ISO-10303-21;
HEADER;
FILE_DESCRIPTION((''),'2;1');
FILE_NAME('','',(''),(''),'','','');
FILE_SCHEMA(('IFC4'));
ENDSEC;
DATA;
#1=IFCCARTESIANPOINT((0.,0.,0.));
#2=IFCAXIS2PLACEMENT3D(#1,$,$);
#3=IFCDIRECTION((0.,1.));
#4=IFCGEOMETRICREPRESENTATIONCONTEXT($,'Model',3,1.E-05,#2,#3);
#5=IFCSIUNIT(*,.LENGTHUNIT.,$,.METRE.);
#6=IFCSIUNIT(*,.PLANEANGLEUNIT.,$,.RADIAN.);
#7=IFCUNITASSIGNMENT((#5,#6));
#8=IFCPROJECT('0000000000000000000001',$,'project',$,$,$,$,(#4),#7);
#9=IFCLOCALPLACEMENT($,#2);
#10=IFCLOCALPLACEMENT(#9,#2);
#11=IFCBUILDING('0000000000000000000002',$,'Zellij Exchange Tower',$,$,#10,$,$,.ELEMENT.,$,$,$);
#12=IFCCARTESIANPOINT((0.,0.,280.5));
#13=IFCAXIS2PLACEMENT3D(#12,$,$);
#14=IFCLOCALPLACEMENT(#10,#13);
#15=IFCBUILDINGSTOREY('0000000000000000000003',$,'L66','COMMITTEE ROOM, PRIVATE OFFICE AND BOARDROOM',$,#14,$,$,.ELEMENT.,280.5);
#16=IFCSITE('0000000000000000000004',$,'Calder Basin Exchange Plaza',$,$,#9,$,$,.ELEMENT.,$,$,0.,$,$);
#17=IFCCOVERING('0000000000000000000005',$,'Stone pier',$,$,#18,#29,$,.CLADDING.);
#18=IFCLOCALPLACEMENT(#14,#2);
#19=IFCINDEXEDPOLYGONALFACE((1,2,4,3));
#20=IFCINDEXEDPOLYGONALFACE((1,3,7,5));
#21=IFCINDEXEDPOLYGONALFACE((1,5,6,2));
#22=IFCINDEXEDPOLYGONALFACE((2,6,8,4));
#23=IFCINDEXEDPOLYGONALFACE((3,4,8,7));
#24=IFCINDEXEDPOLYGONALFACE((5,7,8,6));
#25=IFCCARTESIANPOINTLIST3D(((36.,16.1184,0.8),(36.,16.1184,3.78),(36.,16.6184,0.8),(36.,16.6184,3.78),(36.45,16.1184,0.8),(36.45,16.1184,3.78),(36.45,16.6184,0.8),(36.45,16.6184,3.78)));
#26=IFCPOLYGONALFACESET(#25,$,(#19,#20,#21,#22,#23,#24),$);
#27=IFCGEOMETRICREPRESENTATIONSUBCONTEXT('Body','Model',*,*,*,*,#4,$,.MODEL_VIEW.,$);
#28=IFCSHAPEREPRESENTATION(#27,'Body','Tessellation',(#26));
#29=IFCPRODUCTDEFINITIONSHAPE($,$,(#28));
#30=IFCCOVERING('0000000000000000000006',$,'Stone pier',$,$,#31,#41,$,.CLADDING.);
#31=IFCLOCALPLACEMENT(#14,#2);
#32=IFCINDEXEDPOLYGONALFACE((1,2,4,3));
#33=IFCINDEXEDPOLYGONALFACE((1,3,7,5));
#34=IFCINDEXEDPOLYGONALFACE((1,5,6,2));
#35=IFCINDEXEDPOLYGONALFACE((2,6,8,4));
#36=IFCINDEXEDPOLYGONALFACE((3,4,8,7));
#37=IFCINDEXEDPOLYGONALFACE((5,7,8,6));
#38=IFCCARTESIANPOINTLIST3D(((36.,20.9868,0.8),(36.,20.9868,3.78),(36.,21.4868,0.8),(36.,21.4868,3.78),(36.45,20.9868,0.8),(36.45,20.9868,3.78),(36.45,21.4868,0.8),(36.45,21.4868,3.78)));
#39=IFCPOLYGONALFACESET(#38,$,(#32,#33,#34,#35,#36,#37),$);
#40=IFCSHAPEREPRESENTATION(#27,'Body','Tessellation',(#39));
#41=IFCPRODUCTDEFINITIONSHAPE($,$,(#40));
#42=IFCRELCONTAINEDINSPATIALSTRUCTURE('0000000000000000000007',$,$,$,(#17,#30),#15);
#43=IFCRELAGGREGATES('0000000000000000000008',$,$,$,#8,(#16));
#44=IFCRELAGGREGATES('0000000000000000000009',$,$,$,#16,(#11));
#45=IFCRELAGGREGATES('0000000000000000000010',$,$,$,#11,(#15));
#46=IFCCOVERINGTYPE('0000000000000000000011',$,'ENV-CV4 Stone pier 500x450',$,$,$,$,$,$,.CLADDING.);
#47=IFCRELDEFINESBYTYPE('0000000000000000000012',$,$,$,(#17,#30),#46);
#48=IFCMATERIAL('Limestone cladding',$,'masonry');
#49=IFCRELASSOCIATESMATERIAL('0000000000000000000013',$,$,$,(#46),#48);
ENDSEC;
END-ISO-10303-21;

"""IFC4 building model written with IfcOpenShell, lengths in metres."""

from ifc_helpers import new_model, si_unit, direction, frame, origin, place, context, subcontext, project, spatial, polyline, outline, extrude, material, type_object, element, save


model = new_model("IFC4")

# Units and contexts
model_context = context("Model", 3, precision=1e-05, world=origin(), true_north=direction((0.0, 1.0)))
body_context = subcontext(model_context, "Body", "Model", "MODEL_VIEW")
ifc_project = project(units=[si_unit("LENGTHUNIT", "METRE"), si_unit("PLANEANGLEUNIT", "RADIAN")], contexts=[model_context])

# Site, building, storey
site_placement = place(None, origin())
site = spatial("IfcSite", under=ifc_project, at=site_placement, Name="Calder Basin Exchange Plaza", CompositionType="ELEMENT", RefElevation=0.0)
building_placement = place(site_placement, origin())
building = spatial("IfcBuilding", under=site, at=building_placement, Name="Zellij Exchange Tower", CompositionType="ELEMENT")
storey_placement = place(building_placement, frame((0.0, 0.0, 280.5)))
storey = spatial("IfcBuildingStorey", under=building, at=storey_placement, Name="L66", Description="COMMITTEE ROOM, PRIVATE OFFICE AND BOARDROOM", CompositionType="ELEMENT", Elevation=280.5)

# Coverings
ifc_material_1 = material(Name="Limestone cladding", Category="masonry")
covering_type = type_object("IfcCoveringType", Name="ENV-CV4 Stone pier 500x450", PredefinedType="CLADDING", material=ifc_material_1)
covering_1_placement = place(storey_placement, frame((0.0, 0.0, 0.8)))
element("IfcCovering", 1, at=covering_1_placement, inside=storey, type_object=covering_type, Name="Stone pier", PredefinedType="CLADDING", context=body_context, shape_type="SweptSolid", body=[
    extrude(outline(polyline([(36.0, 16.1184), (36.0, 16.6184), (36.45, 16.6184), (36.45, 16.1184), (36.0, 16.1184)])), origin(), (0.0, 0.0, 1.0), 2.98),
])
covering_2_placement = place(storey_placement, frame((0.0, 0.0, 0.8)))
element("IfcCovering", 2, at=covering_2_placement, inside=storey, type_object=covering_type, Name="Stone pier", PredefinedType="CLADDING", context=body_context, shape_type="SweptSolid", body=[
    extrude(outline(polyline([(36.0, 20.9868), (36.0, 21.4868), (36.45, 21.4868), (36.45, 20.9868), (36.0, 20.9868)])), origin(), (0.0, 0.0, 1.0), 2.98),
])

save(model, "model.ifc")
